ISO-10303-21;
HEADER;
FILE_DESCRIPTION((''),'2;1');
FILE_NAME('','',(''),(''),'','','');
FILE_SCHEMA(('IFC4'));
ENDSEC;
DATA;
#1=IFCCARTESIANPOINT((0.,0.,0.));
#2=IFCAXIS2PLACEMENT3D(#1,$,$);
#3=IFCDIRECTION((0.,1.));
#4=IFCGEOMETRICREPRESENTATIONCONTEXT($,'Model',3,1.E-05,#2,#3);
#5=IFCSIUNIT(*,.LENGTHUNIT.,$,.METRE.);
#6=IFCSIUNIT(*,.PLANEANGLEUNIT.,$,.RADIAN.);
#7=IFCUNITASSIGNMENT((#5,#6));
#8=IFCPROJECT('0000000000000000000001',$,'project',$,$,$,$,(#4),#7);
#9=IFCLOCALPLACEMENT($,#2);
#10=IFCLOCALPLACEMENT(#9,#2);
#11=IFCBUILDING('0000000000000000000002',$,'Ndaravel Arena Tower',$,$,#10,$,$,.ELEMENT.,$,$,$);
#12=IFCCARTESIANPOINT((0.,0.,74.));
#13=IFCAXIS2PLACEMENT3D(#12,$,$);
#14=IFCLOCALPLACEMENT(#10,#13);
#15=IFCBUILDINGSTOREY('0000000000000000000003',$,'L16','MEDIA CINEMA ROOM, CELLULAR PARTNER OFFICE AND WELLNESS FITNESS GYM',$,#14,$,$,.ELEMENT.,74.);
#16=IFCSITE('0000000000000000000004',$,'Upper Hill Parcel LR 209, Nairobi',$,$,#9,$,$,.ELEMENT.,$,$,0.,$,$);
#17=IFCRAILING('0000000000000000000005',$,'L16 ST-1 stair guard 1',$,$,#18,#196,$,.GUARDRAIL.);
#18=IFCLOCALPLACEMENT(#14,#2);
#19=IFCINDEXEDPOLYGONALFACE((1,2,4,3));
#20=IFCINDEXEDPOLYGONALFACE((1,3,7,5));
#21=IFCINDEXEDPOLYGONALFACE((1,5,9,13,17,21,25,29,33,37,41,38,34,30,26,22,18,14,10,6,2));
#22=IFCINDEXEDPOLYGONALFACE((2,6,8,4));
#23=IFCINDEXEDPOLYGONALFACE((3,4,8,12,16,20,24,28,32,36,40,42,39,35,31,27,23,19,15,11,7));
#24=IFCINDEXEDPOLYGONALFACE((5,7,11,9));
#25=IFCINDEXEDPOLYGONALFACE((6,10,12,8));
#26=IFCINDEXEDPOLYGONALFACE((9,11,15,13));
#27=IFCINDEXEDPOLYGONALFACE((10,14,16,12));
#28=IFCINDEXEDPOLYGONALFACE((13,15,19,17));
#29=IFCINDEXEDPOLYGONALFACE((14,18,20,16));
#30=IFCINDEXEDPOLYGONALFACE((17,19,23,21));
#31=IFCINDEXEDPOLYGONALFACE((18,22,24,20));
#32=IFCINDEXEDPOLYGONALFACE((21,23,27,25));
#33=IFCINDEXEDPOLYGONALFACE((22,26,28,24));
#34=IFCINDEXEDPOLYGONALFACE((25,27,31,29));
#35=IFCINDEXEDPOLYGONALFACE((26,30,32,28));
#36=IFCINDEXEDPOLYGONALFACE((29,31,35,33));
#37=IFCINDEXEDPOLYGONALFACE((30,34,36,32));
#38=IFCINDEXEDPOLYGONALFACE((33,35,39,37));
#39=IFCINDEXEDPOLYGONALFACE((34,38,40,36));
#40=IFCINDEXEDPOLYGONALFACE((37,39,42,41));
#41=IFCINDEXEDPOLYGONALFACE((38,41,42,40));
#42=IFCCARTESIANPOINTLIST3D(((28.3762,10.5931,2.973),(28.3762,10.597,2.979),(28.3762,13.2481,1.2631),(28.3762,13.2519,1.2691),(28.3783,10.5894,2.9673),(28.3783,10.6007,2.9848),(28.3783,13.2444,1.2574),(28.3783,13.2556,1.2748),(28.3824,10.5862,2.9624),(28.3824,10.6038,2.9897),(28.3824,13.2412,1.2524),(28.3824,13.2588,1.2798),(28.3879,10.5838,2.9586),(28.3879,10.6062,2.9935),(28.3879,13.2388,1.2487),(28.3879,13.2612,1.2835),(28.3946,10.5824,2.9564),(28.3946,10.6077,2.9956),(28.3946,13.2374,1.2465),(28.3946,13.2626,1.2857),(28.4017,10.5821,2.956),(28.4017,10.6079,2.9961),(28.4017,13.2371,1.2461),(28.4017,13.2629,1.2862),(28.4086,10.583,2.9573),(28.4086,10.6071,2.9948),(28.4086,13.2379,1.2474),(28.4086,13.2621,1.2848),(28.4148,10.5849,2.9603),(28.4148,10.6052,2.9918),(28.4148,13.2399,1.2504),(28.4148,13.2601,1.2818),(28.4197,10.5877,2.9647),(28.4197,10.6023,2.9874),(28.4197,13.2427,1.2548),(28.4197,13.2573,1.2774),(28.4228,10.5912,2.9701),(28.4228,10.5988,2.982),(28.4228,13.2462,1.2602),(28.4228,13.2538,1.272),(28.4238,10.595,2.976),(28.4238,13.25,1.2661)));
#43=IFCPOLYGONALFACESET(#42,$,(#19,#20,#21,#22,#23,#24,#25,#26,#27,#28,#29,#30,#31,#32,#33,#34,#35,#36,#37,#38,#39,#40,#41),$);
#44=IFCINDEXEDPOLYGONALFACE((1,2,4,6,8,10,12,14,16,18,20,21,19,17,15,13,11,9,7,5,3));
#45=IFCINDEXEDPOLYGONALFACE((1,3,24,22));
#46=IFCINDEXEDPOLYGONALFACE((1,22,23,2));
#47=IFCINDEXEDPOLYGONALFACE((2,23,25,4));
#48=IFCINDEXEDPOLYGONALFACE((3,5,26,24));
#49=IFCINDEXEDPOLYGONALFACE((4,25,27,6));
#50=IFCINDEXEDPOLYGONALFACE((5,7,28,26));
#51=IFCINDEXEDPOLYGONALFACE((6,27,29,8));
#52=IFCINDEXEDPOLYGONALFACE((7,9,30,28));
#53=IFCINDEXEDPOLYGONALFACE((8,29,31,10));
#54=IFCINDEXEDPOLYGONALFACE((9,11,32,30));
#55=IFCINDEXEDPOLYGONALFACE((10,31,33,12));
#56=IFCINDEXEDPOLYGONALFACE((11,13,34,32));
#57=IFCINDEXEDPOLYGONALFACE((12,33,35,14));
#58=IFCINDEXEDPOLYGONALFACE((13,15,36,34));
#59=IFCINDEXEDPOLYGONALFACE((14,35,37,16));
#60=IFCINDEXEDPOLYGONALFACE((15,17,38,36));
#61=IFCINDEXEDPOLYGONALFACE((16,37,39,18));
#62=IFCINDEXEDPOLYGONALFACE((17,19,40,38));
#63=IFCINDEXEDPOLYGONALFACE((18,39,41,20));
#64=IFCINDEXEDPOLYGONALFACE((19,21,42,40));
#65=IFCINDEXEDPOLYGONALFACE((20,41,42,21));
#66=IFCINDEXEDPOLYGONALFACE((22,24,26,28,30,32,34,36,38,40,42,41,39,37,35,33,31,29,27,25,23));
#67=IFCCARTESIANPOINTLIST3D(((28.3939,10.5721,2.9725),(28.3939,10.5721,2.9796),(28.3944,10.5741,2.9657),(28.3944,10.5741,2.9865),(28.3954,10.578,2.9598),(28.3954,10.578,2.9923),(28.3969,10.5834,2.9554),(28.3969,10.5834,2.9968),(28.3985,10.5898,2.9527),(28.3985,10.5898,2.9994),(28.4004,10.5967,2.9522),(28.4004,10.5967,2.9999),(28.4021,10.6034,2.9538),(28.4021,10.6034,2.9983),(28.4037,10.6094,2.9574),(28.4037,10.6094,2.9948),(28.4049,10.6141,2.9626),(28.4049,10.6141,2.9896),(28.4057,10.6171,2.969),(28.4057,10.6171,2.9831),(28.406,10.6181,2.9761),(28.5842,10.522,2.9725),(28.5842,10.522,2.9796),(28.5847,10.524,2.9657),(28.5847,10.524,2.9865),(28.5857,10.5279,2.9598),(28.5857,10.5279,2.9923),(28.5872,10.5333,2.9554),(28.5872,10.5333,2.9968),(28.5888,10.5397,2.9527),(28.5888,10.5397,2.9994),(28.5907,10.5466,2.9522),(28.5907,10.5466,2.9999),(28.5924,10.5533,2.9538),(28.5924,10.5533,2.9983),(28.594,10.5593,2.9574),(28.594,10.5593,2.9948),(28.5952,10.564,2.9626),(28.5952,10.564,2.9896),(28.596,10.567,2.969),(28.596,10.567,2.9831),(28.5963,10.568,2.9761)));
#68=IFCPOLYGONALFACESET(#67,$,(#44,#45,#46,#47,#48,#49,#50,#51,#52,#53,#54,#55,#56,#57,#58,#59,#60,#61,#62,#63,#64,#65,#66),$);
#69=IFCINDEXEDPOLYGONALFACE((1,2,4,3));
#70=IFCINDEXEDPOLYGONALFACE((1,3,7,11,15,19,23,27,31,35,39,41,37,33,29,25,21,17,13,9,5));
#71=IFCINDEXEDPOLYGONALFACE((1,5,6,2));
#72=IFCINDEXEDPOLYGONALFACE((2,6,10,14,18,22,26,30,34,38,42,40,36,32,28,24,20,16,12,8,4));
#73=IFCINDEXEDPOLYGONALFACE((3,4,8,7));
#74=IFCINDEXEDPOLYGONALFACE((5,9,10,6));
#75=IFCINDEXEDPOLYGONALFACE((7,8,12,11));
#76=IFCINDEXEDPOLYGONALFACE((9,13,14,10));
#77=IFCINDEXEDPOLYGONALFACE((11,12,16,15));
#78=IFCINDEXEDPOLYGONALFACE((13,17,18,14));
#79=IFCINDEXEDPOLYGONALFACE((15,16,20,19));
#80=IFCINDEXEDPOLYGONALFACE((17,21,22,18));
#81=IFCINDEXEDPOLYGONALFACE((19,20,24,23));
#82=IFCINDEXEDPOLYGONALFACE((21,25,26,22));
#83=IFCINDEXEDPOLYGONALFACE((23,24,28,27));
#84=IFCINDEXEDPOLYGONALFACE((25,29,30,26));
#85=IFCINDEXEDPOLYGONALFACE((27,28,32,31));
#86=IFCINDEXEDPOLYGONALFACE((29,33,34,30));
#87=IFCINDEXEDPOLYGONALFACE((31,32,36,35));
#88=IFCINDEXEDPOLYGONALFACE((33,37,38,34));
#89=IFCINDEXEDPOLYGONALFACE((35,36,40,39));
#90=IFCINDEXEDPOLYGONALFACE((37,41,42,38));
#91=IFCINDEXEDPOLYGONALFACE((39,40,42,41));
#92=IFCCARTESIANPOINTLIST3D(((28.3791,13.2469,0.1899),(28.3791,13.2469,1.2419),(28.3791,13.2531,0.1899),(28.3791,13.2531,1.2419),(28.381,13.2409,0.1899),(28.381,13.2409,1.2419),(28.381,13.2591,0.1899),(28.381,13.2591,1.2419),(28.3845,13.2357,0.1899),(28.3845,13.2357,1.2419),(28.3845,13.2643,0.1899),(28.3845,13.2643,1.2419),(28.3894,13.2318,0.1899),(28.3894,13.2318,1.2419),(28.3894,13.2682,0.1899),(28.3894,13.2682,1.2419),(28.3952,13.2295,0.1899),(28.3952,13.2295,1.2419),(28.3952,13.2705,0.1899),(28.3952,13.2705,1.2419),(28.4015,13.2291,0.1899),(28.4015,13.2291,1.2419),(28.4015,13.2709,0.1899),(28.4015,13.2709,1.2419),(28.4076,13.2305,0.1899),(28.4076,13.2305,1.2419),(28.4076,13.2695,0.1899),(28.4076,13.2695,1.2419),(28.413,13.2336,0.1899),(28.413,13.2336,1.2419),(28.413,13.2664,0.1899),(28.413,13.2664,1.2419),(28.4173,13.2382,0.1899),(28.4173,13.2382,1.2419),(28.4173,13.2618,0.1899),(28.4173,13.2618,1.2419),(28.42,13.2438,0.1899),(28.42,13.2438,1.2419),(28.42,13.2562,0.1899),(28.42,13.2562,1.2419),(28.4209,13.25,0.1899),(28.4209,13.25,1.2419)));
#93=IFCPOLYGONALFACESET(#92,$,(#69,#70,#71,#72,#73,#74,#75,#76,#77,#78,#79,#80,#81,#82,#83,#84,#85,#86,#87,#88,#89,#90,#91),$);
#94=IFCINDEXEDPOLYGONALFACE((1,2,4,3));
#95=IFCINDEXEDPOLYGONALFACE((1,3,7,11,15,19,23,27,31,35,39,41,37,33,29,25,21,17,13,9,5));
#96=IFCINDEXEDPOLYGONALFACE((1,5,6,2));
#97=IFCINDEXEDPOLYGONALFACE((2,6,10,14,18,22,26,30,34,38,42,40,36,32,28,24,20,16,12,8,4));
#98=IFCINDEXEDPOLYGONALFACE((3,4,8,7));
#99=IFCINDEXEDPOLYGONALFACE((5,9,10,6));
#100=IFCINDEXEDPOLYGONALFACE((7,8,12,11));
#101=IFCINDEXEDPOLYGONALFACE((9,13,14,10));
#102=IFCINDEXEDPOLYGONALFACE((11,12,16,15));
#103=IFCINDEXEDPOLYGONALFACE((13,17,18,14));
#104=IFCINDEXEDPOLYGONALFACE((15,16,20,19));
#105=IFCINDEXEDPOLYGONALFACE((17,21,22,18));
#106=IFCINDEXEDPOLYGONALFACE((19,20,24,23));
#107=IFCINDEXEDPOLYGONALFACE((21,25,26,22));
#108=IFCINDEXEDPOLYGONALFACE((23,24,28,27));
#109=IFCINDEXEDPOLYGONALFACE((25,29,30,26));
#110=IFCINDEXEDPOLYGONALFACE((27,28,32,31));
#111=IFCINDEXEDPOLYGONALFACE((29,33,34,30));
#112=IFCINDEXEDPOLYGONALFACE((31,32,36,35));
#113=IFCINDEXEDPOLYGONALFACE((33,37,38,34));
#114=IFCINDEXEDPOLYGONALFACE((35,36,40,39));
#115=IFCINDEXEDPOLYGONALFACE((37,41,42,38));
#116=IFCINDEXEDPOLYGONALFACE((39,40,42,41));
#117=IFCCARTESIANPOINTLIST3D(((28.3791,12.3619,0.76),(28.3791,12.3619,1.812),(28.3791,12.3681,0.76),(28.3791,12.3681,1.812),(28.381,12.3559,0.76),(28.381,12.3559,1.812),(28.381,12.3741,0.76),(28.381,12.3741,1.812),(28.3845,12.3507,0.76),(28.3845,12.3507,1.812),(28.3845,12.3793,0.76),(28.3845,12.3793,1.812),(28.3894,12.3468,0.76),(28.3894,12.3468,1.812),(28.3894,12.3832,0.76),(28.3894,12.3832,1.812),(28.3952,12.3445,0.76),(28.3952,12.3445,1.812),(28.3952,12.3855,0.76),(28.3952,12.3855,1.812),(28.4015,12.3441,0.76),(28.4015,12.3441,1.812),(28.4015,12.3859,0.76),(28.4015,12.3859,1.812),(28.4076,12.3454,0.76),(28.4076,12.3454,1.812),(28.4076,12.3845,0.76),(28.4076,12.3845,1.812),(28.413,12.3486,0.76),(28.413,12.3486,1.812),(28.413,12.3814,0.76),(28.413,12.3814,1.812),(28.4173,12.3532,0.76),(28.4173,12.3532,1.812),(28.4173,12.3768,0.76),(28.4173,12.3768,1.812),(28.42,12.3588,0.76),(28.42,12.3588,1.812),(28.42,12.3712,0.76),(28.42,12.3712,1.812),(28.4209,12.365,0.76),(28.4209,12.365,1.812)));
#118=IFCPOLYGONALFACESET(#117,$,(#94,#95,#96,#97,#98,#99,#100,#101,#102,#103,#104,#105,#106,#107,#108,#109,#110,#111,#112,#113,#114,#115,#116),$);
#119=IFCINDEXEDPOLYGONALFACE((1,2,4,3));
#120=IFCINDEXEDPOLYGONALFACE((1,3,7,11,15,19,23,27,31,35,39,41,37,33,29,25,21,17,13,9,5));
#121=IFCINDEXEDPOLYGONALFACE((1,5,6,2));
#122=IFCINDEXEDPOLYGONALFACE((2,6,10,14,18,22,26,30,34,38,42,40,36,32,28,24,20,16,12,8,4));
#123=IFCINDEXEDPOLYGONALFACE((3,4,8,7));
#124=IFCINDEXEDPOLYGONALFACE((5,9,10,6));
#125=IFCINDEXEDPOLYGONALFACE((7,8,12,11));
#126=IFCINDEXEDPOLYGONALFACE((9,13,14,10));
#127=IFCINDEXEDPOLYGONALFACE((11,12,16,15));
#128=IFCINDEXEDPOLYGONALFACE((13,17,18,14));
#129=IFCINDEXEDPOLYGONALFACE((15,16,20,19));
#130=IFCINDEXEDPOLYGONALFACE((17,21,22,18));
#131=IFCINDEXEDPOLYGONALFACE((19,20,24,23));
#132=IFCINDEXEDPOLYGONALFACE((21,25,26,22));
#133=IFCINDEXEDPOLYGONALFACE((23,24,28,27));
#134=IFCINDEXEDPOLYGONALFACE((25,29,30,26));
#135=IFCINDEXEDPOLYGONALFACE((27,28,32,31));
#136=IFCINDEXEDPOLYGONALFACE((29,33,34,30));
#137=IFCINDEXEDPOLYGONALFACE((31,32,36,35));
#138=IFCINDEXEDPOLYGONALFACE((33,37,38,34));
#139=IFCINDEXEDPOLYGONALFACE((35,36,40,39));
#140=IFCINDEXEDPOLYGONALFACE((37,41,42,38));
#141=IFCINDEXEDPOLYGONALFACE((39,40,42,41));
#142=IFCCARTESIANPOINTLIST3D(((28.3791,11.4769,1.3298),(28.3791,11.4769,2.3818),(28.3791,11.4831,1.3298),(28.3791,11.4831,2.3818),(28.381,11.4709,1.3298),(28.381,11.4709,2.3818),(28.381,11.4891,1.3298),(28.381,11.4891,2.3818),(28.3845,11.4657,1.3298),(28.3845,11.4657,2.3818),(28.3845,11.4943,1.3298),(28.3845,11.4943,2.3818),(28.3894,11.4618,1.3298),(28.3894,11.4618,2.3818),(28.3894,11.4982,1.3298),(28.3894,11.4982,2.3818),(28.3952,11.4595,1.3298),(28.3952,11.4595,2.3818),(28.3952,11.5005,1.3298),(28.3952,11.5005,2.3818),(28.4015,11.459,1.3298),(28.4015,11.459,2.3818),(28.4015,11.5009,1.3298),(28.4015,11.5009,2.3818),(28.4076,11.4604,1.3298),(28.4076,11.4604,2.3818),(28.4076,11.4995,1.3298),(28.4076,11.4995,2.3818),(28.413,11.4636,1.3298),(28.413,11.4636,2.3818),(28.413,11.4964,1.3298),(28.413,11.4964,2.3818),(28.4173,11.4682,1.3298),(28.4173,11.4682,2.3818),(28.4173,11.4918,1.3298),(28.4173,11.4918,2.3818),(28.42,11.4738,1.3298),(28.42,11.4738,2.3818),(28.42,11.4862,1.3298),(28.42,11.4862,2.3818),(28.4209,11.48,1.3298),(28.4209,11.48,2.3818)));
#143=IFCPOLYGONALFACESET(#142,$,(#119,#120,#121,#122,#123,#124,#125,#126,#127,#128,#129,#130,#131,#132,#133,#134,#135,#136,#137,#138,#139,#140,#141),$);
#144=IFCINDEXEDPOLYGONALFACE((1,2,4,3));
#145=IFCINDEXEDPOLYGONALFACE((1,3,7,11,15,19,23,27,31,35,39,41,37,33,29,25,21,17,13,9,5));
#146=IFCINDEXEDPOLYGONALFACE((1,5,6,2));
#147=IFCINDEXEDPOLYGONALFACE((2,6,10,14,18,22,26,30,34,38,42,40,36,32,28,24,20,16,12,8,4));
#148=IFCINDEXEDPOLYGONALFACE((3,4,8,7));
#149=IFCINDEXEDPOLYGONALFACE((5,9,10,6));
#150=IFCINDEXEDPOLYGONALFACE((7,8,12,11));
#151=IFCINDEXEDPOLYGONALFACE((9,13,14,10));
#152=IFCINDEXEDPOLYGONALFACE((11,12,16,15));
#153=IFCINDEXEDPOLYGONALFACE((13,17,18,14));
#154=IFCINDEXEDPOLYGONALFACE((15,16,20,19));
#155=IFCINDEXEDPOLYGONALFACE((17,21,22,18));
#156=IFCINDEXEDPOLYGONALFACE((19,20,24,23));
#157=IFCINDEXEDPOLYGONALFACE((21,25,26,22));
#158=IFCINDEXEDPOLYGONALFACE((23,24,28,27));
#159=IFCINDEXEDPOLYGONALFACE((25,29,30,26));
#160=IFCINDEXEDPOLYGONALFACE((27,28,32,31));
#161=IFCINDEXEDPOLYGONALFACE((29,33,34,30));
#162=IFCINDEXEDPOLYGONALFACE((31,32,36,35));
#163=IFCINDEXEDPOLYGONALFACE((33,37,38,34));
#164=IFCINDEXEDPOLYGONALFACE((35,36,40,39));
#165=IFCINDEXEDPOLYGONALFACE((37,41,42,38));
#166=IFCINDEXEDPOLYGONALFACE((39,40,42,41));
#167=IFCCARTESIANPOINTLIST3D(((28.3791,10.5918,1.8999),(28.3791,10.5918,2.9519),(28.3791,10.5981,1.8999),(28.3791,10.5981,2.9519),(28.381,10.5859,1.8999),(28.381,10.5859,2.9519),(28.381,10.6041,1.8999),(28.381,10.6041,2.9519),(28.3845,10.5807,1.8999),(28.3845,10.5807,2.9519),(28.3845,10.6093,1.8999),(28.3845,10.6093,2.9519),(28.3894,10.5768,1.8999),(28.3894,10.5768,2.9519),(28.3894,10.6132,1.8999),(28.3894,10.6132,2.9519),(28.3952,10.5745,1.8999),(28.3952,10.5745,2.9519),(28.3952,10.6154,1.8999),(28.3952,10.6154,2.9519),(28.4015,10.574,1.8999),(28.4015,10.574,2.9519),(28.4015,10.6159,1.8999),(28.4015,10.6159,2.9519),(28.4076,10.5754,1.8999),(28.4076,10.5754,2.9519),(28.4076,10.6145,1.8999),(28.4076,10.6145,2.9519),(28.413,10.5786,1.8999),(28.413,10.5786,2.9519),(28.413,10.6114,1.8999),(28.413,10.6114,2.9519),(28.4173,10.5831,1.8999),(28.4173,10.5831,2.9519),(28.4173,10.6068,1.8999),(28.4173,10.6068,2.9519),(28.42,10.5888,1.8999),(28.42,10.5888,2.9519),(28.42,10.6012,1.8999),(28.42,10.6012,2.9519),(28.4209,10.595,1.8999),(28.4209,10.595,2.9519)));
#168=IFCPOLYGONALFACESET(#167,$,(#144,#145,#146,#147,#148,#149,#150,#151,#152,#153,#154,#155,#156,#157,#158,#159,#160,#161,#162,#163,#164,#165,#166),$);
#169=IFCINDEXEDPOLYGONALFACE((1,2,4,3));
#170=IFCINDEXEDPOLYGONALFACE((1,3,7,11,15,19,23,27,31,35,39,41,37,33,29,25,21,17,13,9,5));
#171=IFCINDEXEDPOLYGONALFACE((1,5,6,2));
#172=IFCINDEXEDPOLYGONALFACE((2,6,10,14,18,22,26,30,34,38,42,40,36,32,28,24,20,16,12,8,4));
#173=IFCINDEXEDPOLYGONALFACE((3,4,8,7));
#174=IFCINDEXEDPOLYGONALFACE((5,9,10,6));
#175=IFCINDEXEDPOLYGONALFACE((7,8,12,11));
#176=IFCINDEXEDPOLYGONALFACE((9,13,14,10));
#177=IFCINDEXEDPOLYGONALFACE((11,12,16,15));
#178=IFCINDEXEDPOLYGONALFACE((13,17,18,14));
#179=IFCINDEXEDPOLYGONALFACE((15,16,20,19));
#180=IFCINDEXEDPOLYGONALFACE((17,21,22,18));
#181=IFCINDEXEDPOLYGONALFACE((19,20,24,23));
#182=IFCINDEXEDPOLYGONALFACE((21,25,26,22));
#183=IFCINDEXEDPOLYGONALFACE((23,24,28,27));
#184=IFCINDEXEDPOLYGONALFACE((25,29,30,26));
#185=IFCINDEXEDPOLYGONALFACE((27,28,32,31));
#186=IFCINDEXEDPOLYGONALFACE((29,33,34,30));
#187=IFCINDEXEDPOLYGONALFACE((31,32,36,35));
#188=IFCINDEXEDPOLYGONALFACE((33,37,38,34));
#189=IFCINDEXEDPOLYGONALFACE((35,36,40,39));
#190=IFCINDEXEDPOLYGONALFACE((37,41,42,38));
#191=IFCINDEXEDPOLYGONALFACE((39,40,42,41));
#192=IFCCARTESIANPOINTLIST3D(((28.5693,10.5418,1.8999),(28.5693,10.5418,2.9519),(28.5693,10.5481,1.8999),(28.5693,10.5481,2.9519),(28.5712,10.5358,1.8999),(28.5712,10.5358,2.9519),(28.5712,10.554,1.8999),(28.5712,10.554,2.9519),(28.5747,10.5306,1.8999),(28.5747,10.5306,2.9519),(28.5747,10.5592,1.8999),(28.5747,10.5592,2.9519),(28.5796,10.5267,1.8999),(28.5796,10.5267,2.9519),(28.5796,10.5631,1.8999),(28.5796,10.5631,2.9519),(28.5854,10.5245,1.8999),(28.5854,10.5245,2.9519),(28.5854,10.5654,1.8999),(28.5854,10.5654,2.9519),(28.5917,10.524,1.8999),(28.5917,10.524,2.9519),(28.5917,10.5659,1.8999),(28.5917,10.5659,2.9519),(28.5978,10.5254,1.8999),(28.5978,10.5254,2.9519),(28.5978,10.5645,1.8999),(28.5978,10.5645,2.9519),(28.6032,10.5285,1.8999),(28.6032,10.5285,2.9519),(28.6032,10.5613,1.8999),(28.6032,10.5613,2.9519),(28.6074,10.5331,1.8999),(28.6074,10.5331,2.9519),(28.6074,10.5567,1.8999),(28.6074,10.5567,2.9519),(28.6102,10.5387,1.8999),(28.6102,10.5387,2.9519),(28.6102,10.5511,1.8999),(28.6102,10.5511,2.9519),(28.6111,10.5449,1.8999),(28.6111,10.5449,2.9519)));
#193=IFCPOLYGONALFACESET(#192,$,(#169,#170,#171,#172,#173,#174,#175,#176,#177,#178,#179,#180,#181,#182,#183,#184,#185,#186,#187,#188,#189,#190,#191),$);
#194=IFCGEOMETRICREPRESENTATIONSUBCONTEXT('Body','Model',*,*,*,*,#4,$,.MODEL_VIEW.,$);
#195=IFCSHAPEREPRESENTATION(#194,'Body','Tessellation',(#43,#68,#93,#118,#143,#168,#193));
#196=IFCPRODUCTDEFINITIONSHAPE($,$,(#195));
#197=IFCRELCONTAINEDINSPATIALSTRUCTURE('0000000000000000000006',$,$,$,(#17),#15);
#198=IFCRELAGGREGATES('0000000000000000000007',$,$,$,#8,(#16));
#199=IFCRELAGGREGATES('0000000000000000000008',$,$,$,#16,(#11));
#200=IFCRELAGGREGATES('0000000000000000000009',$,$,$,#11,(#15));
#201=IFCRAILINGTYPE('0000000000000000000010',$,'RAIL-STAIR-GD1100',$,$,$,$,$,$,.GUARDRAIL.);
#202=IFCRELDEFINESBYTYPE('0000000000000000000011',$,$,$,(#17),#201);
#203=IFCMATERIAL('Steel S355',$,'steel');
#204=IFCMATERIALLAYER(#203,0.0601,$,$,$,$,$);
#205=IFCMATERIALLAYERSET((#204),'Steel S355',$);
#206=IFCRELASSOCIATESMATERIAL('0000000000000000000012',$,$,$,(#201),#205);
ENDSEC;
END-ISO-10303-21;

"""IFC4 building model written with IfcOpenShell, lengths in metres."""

from ifc_helpers import new_model, si_unit, direction, frame, origin, origin_2d, place, context, subcontext, project, spatial, circle, extrude, material, layer, layer_set, type_object, element, save


model = new_model("IFC4")

# Units and contexts
model_context = context("Model", 3, precision=1e-05, world=origin(), true_north=direction((0.0, 1.0)))
body_context = subcontext(model_context, "Body", "Model", "MODEL_VIEW")
ifc_project = project(units=[si_unit("LENGTHUNIT", "METRE"), si_unit("PLANEANGLEUNIT", "RADIAN")], contexts=[model_context])

# Site, building, storey
site_placement = place(None, origin())
site = spatial("IfcSite", under=ifc_project, at=site_placement, Name="Upper Hill Parcel LR 209, Nairobi", CompositionType="ELEMENT", RefElevation=0.0)
building_placement = place(site_placement, origin())
building = spatial("IfcBuilding", under=site, at=building_placement, Name="Ndaravel Arena Tower", CompositionType="ELEMENT")
storey_placement = place(building_placement, frame((0.0, 0.0, 74.0)))
storey = spatial("IfcBuildingStorey", under=building, at=storey_placement, Name="L16", Description="MEDIA CINEMA ROOM, CELLULAR PARTNER OFFICE AND WELLNESS FITNESS GYM", CompositionType="ELEMENT", Elevation=74.0)

# Railing
ifc_material_1 = material(Name="Steel S355", Category="steel")
ifc_layer_1 = layer(ifc_material_1, 0.0601)
ifc_layer_set_1 = layer_set([ifc_layer_1], Name="Steel S355")
railing_type_1 = type_object("IfcRailingType", Name="RAIL-STAIR-GD1100", PredefinedType="GUARDRAIL", material=ifc_layer_set_1)
railing_1_placement = place(storey_placement, frame((28.3999, 13.25, 0.1899)))
element("IfcRailing", 1, at=railing_1_placement, inside=storey, type_object=railing_type_1, Name="L16 ST-1 stair guard 1", PredefinedType="GUARDRAIL", context=body_context, shape_type="SweptSolid", body=[
    extrude(circle(Radius=0.0239, at=origin_2d()), frame((0.0, 0.0, 1.0762), z_axis=(0.0, -0.840724, 0.541465), x_axis=(1.0, 0.0, 0.0)), (0.0, 0.0, 1.0), 3.158),
    extrude(circle(Radius=0.0239, at=origin_2d()), frame((0.0, -2.655, 2.7861), z_axis=(0.967075, -0.254493, 0.0), x_axis=(0.254493, 0.967075, 0.0)), (0.0, 0.0, 1.0), 0.1968),
    extrude(circle(Radius=0.021, at=origin_2d()), origin(), (0.0, 0.0, 1.0), 1.052),
    extrude(circle(Radius=0.021, at=origin_2d()), frame((0.0, -0.885, 0.5701)), (0.0, 0.0, 1.0), 1.052),
    extrude(circle(Radius=0.021, at=origin_2d()), frame((0.0, -1.77, 1.1399)), (0.0, 0.0, 1.0), 1.052),
    extrude(circle(Radius=0.021, at=origin_2d()), frame((0.0, -2.655, 1.71)), (0.0, 0.0, 1.0), 1.052),
    extrude(circle(Radius=0.021, at=origin_2d()), frame((0.1902, -2.7051, 1.71)), (0.0, 0.0, 1.0), 1.052),
])

save(model, "model.ifc")
